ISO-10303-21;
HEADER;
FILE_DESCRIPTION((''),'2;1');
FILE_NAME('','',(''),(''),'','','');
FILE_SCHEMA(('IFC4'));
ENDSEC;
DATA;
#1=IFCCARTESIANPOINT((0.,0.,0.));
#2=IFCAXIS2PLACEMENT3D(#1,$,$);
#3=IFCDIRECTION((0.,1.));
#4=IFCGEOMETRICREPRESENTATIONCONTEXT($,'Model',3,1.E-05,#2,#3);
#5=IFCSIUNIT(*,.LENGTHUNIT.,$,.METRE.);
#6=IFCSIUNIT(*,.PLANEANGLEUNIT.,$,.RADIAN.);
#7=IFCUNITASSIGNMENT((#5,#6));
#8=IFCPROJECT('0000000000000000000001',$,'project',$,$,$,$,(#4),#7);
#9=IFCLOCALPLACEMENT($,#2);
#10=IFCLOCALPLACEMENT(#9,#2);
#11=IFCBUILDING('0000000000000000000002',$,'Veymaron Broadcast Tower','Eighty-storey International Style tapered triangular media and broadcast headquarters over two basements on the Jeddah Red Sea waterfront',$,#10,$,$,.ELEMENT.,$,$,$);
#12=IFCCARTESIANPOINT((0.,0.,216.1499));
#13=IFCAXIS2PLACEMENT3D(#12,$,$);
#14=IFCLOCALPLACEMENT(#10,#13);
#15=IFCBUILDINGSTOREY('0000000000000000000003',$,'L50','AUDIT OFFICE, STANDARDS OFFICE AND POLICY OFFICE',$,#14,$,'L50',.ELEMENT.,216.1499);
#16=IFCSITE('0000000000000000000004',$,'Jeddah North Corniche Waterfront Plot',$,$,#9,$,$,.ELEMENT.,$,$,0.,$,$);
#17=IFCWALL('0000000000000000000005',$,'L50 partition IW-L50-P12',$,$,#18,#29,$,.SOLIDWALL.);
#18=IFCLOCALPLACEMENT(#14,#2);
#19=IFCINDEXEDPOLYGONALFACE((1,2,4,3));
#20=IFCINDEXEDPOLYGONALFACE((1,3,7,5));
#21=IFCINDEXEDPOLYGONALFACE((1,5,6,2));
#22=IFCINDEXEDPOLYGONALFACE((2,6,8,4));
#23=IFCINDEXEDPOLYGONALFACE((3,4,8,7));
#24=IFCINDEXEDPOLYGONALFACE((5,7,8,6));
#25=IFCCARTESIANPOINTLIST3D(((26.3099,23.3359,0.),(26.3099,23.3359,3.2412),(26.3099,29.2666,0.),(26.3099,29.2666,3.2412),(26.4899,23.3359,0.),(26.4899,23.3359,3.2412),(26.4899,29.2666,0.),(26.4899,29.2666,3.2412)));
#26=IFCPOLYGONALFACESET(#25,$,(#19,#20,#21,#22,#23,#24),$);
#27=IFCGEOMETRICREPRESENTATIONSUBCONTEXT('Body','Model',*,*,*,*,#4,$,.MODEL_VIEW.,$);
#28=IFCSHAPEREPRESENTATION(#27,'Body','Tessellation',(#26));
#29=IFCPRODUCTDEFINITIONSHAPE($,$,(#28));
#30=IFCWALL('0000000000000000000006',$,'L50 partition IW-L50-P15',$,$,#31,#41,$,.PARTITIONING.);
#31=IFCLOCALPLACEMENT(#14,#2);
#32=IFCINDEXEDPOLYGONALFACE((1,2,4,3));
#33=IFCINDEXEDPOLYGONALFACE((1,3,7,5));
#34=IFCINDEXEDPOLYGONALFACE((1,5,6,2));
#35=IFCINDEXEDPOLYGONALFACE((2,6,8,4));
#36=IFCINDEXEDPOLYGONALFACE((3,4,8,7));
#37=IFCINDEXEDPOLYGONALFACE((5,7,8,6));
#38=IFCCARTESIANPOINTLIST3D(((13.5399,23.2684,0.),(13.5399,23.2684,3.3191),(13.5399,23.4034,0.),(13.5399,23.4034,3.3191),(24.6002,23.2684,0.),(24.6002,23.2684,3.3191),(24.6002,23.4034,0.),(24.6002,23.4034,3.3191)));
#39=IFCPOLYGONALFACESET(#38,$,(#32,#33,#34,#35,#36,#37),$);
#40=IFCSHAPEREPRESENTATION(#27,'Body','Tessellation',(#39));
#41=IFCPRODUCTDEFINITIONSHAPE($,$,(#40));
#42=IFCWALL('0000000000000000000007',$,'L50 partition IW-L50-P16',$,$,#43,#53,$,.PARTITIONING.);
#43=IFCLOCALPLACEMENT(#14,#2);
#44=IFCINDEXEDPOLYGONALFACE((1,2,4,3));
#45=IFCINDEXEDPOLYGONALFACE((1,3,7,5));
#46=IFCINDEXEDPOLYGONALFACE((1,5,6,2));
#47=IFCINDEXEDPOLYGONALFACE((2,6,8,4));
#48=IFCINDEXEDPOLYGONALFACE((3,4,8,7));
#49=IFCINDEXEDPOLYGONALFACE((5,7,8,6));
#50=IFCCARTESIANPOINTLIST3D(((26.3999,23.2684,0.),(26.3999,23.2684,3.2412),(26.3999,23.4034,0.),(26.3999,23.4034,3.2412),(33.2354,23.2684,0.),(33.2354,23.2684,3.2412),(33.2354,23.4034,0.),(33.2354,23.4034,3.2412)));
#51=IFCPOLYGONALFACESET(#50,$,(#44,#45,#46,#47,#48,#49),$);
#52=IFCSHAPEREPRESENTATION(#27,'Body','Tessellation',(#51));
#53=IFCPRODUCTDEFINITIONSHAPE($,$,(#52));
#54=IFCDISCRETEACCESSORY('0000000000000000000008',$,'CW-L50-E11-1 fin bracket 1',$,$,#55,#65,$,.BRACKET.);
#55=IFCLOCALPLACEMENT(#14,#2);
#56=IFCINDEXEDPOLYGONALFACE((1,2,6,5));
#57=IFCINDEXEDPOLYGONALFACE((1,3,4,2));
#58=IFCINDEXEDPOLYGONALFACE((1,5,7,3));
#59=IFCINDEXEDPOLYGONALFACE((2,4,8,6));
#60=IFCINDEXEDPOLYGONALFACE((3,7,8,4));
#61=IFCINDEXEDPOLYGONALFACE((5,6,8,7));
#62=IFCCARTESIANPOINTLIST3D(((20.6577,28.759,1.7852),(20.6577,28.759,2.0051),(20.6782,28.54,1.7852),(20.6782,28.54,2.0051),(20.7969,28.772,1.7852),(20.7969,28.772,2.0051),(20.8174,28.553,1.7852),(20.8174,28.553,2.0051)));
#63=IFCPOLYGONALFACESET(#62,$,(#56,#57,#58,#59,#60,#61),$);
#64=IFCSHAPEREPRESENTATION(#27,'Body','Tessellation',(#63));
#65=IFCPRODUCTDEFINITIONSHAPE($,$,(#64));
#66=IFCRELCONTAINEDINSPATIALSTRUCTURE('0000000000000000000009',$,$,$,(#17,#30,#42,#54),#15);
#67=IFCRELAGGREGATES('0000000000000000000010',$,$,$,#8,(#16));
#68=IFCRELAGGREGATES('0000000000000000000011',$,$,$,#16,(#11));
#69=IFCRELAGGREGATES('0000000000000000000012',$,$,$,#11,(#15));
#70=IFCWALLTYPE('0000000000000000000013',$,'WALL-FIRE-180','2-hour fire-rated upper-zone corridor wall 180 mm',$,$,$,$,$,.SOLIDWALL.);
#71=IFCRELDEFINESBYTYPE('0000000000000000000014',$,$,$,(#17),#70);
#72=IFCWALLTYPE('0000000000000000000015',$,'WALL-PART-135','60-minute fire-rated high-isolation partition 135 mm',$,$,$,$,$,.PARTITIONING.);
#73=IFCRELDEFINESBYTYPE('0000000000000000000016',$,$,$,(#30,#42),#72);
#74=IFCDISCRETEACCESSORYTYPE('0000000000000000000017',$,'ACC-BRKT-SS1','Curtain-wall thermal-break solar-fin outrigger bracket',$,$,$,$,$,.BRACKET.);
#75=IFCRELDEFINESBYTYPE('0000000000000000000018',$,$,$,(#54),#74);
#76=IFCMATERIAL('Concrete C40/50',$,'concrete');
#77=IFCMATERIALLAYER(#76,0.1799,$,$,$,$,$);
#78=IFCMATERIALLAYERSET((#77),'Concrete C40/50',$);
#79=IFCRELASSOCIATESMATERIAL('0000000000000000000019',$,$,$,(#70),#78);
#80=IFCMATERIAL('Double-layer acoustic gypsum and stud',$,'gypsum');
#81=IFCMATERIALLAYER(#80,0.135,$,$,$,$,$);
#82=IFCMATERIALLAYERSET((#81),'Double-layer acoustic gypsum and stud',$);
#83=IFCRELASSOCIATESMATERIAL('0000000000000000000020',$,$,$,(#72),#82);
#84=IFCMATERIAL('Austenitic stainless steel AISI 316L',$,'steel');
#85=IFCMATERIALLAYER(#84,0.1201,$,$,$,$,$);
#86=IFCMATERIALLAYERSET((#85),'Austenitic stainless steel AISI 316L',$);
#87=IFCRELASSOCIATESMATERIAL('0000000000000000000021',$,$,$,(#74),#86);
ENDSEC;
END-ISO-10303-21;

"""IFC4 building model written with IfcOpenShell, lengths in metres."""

from ifc_helpers import new_model, si_unit, direction, frame, frame_2d, origin, origin_2d, place, context, subcontext, project, spatial, rectangle, extrude, material, layer, layer_set, type_object, element, save


model = new_model("IFC4")

# Units and contexts
model_context = context("Model", 3, precision=1e-05, world=origin(), true_north=direction((0.0, 1.0)))
body_context = subcontext(model_context, "Body", "Model", "MODEL_VIEW")
ifc_project = project(units=[si_unit("LENGTHUNIT", "METRE"), si_unit("PLANEANGLEUNIT", "RADIAN")], contexts=[model_context])

# Site, building, storey
site_placement = place(None, origin())
site = spatial("IfcSite", under=ifc_project, at=site_placement, Name="Jeddah North Corniche Waterfront Plot", CompositionType="ELEMENT", RefElevation=0.0)
building_placement = place(site_placement, origin())
building = spatial("IfcBuilding", under=site, at=building_placement, Name="Veymaron Broadcast Tower", Description="Eighty-storey International Style tapered triangular media and broadcast headquarters over two basements on the Jeddah Red Sea waterfront", CompositionType="ELEMENT")
storey_placement = place(building_placement, frame((0.0, 0.0, 216.1499)))
storey = spatial("IfcBuildingStorey", under=building, at=storey_placement, Name="L50", Description="AUDIT OFFICE, STANDARDS OFFICE AND POLICY OFFICE", LongName="L50", CompositionType="ELEMENT", Elevation=216.1499)

# Shared definitions
ifc_material_1 = material(Name="Concrete C40/50", Category="concrete")
ifc_layer_1 = layer(ifc_material_1, 0.1799)
ifc_layer_set_1 = layer_set([ifc_layer_1], Name="Concrete C40/50")
wall_type_1 = type_object("IfcWallType", Name="WALL-FIRE-180", Description="2-hour fire-rated upper-zone corridor wall 180 mm", PredefinedType="SOLIDWALL", material=ifc_layer_set_1)

# Walls
wall_1_placement = place(storey_placement, frame((26.3999, 23.3359, 0.0), z_axis=(0.0, 0.0, 1.0), x_axis=(0.0, 1.0, 0.0)))
element("IfcWall", 1, at=wall_1_placement, inside=storey, type_object=wall_type_1, Name="L50 partition IW-L50-P12", PredefinedType="SOLIDWALL", context=body_context, shape_type="SweptSolid", body=[
    extrude(rectangle(XDim=5.9307, YDim=0.1799, at=frame_2d((2.9653, 0.0))), origin(), (0.0, 0.0, 1.0), 3.2412),
])
ifc_material_2 = material(Name="Double-layer acoustic gypsum and stud", Category="gypsum")
ifc_layer_2 = layer(ifc_material_2, 0.135)
ifc_layer_set_2 = layer_set([ifc_layer_2], Name="Double-layer acoustic gypsum and stud")
wall_type_2 = type_object("IfcWallType", Name="WALL-PART-135", Description="60-minute fire-rated high-isolation partition 135 mm", PredefinedType="PARTITIONING", material=ifc_layer_set_2)
wall_2_placement = place(storey_placement, frame((13.5398, 23.3359, 0.0), z_axis=(0.0, 0.0, 1.0), x_axis=(1.0, 0.0, 0.0)))
element("IfcWall", 2, at=wall_2_placement, inside=storey, type_object=wall_type_2, Name="L50 partition IW-L50-P15", PredefinedType="PARTITIONING", context=body_context, shape_type="SweptSolid", body=[
    extrude(rectangle(XDim=11.0603, YDim=0.135, at=frame_2d((5.5303, 0.0))), origin(), (0.0, 0.0, 1.0), 3.3191),
])
wall_3_placement = place(storey_placement, frame((26.3999, 23.3359, 0.0), z_axis=(0.0, 0.0, 1.0), x_axis=(1.0, 0.0, 0.0)))
element("IfcWall", 3, at=wall_3_placement, inside=storey, type_object=wall_type_2, Name="L50 partition IW-L50-P16", PredefinedType="PARTITIONING", context=body_context, shape_type="SweptSolid", body=[
    extrude(rectangle(XDim=6.8354, YDim=0.135, at=frame_2d((3.4177, 0.0))), origin(), (0.0, 0.0, 1.0), 3.2412),
])

# Discrete accessory
ifc_material_3 = material(Name="Austenitic stainless steel AISI 316L", Category="steel")
ifc_layer_3 = layer(ifc_material_3, 0.1201)
ifc_layer_set_3 = layer_set([ifc_layer_3], Name="Austenitic stainless steel AISI 316L")
discrete_accessory_type = type_object("IfcDiscreteAccessoryType", Name="ACC-BRKT-SS1", Description="Curtain-wall thermal-break solar-fin outrigger bracket", PredefinedType="BRACKET", material=ifc_layer_set_3)
discrete_accessory_placement = place(storey_placement, frame((20.7375, 28.656, 1.7852), z_axis=(0.0, 0.0, 1.0), x_axis=(-0.093257, 0.995642, 0.0)))
element("IfcDiscreteAccessory", 4, at=discrete_accessory_placement, inside=storey, type_object=discrete_accessory_type, Name="CW-L50-E11-1 fin bracket 1", PredefinedType="BRACKET", context=body_context, shape_type="SweptSolid", body=[
    extrude(rectangle(XDim=0.22, YDim=0.1399, at=origin_2d()), origin(), (0.0, 0.0, 1.0), 0.22),
])

save(model, "model.ifc")
